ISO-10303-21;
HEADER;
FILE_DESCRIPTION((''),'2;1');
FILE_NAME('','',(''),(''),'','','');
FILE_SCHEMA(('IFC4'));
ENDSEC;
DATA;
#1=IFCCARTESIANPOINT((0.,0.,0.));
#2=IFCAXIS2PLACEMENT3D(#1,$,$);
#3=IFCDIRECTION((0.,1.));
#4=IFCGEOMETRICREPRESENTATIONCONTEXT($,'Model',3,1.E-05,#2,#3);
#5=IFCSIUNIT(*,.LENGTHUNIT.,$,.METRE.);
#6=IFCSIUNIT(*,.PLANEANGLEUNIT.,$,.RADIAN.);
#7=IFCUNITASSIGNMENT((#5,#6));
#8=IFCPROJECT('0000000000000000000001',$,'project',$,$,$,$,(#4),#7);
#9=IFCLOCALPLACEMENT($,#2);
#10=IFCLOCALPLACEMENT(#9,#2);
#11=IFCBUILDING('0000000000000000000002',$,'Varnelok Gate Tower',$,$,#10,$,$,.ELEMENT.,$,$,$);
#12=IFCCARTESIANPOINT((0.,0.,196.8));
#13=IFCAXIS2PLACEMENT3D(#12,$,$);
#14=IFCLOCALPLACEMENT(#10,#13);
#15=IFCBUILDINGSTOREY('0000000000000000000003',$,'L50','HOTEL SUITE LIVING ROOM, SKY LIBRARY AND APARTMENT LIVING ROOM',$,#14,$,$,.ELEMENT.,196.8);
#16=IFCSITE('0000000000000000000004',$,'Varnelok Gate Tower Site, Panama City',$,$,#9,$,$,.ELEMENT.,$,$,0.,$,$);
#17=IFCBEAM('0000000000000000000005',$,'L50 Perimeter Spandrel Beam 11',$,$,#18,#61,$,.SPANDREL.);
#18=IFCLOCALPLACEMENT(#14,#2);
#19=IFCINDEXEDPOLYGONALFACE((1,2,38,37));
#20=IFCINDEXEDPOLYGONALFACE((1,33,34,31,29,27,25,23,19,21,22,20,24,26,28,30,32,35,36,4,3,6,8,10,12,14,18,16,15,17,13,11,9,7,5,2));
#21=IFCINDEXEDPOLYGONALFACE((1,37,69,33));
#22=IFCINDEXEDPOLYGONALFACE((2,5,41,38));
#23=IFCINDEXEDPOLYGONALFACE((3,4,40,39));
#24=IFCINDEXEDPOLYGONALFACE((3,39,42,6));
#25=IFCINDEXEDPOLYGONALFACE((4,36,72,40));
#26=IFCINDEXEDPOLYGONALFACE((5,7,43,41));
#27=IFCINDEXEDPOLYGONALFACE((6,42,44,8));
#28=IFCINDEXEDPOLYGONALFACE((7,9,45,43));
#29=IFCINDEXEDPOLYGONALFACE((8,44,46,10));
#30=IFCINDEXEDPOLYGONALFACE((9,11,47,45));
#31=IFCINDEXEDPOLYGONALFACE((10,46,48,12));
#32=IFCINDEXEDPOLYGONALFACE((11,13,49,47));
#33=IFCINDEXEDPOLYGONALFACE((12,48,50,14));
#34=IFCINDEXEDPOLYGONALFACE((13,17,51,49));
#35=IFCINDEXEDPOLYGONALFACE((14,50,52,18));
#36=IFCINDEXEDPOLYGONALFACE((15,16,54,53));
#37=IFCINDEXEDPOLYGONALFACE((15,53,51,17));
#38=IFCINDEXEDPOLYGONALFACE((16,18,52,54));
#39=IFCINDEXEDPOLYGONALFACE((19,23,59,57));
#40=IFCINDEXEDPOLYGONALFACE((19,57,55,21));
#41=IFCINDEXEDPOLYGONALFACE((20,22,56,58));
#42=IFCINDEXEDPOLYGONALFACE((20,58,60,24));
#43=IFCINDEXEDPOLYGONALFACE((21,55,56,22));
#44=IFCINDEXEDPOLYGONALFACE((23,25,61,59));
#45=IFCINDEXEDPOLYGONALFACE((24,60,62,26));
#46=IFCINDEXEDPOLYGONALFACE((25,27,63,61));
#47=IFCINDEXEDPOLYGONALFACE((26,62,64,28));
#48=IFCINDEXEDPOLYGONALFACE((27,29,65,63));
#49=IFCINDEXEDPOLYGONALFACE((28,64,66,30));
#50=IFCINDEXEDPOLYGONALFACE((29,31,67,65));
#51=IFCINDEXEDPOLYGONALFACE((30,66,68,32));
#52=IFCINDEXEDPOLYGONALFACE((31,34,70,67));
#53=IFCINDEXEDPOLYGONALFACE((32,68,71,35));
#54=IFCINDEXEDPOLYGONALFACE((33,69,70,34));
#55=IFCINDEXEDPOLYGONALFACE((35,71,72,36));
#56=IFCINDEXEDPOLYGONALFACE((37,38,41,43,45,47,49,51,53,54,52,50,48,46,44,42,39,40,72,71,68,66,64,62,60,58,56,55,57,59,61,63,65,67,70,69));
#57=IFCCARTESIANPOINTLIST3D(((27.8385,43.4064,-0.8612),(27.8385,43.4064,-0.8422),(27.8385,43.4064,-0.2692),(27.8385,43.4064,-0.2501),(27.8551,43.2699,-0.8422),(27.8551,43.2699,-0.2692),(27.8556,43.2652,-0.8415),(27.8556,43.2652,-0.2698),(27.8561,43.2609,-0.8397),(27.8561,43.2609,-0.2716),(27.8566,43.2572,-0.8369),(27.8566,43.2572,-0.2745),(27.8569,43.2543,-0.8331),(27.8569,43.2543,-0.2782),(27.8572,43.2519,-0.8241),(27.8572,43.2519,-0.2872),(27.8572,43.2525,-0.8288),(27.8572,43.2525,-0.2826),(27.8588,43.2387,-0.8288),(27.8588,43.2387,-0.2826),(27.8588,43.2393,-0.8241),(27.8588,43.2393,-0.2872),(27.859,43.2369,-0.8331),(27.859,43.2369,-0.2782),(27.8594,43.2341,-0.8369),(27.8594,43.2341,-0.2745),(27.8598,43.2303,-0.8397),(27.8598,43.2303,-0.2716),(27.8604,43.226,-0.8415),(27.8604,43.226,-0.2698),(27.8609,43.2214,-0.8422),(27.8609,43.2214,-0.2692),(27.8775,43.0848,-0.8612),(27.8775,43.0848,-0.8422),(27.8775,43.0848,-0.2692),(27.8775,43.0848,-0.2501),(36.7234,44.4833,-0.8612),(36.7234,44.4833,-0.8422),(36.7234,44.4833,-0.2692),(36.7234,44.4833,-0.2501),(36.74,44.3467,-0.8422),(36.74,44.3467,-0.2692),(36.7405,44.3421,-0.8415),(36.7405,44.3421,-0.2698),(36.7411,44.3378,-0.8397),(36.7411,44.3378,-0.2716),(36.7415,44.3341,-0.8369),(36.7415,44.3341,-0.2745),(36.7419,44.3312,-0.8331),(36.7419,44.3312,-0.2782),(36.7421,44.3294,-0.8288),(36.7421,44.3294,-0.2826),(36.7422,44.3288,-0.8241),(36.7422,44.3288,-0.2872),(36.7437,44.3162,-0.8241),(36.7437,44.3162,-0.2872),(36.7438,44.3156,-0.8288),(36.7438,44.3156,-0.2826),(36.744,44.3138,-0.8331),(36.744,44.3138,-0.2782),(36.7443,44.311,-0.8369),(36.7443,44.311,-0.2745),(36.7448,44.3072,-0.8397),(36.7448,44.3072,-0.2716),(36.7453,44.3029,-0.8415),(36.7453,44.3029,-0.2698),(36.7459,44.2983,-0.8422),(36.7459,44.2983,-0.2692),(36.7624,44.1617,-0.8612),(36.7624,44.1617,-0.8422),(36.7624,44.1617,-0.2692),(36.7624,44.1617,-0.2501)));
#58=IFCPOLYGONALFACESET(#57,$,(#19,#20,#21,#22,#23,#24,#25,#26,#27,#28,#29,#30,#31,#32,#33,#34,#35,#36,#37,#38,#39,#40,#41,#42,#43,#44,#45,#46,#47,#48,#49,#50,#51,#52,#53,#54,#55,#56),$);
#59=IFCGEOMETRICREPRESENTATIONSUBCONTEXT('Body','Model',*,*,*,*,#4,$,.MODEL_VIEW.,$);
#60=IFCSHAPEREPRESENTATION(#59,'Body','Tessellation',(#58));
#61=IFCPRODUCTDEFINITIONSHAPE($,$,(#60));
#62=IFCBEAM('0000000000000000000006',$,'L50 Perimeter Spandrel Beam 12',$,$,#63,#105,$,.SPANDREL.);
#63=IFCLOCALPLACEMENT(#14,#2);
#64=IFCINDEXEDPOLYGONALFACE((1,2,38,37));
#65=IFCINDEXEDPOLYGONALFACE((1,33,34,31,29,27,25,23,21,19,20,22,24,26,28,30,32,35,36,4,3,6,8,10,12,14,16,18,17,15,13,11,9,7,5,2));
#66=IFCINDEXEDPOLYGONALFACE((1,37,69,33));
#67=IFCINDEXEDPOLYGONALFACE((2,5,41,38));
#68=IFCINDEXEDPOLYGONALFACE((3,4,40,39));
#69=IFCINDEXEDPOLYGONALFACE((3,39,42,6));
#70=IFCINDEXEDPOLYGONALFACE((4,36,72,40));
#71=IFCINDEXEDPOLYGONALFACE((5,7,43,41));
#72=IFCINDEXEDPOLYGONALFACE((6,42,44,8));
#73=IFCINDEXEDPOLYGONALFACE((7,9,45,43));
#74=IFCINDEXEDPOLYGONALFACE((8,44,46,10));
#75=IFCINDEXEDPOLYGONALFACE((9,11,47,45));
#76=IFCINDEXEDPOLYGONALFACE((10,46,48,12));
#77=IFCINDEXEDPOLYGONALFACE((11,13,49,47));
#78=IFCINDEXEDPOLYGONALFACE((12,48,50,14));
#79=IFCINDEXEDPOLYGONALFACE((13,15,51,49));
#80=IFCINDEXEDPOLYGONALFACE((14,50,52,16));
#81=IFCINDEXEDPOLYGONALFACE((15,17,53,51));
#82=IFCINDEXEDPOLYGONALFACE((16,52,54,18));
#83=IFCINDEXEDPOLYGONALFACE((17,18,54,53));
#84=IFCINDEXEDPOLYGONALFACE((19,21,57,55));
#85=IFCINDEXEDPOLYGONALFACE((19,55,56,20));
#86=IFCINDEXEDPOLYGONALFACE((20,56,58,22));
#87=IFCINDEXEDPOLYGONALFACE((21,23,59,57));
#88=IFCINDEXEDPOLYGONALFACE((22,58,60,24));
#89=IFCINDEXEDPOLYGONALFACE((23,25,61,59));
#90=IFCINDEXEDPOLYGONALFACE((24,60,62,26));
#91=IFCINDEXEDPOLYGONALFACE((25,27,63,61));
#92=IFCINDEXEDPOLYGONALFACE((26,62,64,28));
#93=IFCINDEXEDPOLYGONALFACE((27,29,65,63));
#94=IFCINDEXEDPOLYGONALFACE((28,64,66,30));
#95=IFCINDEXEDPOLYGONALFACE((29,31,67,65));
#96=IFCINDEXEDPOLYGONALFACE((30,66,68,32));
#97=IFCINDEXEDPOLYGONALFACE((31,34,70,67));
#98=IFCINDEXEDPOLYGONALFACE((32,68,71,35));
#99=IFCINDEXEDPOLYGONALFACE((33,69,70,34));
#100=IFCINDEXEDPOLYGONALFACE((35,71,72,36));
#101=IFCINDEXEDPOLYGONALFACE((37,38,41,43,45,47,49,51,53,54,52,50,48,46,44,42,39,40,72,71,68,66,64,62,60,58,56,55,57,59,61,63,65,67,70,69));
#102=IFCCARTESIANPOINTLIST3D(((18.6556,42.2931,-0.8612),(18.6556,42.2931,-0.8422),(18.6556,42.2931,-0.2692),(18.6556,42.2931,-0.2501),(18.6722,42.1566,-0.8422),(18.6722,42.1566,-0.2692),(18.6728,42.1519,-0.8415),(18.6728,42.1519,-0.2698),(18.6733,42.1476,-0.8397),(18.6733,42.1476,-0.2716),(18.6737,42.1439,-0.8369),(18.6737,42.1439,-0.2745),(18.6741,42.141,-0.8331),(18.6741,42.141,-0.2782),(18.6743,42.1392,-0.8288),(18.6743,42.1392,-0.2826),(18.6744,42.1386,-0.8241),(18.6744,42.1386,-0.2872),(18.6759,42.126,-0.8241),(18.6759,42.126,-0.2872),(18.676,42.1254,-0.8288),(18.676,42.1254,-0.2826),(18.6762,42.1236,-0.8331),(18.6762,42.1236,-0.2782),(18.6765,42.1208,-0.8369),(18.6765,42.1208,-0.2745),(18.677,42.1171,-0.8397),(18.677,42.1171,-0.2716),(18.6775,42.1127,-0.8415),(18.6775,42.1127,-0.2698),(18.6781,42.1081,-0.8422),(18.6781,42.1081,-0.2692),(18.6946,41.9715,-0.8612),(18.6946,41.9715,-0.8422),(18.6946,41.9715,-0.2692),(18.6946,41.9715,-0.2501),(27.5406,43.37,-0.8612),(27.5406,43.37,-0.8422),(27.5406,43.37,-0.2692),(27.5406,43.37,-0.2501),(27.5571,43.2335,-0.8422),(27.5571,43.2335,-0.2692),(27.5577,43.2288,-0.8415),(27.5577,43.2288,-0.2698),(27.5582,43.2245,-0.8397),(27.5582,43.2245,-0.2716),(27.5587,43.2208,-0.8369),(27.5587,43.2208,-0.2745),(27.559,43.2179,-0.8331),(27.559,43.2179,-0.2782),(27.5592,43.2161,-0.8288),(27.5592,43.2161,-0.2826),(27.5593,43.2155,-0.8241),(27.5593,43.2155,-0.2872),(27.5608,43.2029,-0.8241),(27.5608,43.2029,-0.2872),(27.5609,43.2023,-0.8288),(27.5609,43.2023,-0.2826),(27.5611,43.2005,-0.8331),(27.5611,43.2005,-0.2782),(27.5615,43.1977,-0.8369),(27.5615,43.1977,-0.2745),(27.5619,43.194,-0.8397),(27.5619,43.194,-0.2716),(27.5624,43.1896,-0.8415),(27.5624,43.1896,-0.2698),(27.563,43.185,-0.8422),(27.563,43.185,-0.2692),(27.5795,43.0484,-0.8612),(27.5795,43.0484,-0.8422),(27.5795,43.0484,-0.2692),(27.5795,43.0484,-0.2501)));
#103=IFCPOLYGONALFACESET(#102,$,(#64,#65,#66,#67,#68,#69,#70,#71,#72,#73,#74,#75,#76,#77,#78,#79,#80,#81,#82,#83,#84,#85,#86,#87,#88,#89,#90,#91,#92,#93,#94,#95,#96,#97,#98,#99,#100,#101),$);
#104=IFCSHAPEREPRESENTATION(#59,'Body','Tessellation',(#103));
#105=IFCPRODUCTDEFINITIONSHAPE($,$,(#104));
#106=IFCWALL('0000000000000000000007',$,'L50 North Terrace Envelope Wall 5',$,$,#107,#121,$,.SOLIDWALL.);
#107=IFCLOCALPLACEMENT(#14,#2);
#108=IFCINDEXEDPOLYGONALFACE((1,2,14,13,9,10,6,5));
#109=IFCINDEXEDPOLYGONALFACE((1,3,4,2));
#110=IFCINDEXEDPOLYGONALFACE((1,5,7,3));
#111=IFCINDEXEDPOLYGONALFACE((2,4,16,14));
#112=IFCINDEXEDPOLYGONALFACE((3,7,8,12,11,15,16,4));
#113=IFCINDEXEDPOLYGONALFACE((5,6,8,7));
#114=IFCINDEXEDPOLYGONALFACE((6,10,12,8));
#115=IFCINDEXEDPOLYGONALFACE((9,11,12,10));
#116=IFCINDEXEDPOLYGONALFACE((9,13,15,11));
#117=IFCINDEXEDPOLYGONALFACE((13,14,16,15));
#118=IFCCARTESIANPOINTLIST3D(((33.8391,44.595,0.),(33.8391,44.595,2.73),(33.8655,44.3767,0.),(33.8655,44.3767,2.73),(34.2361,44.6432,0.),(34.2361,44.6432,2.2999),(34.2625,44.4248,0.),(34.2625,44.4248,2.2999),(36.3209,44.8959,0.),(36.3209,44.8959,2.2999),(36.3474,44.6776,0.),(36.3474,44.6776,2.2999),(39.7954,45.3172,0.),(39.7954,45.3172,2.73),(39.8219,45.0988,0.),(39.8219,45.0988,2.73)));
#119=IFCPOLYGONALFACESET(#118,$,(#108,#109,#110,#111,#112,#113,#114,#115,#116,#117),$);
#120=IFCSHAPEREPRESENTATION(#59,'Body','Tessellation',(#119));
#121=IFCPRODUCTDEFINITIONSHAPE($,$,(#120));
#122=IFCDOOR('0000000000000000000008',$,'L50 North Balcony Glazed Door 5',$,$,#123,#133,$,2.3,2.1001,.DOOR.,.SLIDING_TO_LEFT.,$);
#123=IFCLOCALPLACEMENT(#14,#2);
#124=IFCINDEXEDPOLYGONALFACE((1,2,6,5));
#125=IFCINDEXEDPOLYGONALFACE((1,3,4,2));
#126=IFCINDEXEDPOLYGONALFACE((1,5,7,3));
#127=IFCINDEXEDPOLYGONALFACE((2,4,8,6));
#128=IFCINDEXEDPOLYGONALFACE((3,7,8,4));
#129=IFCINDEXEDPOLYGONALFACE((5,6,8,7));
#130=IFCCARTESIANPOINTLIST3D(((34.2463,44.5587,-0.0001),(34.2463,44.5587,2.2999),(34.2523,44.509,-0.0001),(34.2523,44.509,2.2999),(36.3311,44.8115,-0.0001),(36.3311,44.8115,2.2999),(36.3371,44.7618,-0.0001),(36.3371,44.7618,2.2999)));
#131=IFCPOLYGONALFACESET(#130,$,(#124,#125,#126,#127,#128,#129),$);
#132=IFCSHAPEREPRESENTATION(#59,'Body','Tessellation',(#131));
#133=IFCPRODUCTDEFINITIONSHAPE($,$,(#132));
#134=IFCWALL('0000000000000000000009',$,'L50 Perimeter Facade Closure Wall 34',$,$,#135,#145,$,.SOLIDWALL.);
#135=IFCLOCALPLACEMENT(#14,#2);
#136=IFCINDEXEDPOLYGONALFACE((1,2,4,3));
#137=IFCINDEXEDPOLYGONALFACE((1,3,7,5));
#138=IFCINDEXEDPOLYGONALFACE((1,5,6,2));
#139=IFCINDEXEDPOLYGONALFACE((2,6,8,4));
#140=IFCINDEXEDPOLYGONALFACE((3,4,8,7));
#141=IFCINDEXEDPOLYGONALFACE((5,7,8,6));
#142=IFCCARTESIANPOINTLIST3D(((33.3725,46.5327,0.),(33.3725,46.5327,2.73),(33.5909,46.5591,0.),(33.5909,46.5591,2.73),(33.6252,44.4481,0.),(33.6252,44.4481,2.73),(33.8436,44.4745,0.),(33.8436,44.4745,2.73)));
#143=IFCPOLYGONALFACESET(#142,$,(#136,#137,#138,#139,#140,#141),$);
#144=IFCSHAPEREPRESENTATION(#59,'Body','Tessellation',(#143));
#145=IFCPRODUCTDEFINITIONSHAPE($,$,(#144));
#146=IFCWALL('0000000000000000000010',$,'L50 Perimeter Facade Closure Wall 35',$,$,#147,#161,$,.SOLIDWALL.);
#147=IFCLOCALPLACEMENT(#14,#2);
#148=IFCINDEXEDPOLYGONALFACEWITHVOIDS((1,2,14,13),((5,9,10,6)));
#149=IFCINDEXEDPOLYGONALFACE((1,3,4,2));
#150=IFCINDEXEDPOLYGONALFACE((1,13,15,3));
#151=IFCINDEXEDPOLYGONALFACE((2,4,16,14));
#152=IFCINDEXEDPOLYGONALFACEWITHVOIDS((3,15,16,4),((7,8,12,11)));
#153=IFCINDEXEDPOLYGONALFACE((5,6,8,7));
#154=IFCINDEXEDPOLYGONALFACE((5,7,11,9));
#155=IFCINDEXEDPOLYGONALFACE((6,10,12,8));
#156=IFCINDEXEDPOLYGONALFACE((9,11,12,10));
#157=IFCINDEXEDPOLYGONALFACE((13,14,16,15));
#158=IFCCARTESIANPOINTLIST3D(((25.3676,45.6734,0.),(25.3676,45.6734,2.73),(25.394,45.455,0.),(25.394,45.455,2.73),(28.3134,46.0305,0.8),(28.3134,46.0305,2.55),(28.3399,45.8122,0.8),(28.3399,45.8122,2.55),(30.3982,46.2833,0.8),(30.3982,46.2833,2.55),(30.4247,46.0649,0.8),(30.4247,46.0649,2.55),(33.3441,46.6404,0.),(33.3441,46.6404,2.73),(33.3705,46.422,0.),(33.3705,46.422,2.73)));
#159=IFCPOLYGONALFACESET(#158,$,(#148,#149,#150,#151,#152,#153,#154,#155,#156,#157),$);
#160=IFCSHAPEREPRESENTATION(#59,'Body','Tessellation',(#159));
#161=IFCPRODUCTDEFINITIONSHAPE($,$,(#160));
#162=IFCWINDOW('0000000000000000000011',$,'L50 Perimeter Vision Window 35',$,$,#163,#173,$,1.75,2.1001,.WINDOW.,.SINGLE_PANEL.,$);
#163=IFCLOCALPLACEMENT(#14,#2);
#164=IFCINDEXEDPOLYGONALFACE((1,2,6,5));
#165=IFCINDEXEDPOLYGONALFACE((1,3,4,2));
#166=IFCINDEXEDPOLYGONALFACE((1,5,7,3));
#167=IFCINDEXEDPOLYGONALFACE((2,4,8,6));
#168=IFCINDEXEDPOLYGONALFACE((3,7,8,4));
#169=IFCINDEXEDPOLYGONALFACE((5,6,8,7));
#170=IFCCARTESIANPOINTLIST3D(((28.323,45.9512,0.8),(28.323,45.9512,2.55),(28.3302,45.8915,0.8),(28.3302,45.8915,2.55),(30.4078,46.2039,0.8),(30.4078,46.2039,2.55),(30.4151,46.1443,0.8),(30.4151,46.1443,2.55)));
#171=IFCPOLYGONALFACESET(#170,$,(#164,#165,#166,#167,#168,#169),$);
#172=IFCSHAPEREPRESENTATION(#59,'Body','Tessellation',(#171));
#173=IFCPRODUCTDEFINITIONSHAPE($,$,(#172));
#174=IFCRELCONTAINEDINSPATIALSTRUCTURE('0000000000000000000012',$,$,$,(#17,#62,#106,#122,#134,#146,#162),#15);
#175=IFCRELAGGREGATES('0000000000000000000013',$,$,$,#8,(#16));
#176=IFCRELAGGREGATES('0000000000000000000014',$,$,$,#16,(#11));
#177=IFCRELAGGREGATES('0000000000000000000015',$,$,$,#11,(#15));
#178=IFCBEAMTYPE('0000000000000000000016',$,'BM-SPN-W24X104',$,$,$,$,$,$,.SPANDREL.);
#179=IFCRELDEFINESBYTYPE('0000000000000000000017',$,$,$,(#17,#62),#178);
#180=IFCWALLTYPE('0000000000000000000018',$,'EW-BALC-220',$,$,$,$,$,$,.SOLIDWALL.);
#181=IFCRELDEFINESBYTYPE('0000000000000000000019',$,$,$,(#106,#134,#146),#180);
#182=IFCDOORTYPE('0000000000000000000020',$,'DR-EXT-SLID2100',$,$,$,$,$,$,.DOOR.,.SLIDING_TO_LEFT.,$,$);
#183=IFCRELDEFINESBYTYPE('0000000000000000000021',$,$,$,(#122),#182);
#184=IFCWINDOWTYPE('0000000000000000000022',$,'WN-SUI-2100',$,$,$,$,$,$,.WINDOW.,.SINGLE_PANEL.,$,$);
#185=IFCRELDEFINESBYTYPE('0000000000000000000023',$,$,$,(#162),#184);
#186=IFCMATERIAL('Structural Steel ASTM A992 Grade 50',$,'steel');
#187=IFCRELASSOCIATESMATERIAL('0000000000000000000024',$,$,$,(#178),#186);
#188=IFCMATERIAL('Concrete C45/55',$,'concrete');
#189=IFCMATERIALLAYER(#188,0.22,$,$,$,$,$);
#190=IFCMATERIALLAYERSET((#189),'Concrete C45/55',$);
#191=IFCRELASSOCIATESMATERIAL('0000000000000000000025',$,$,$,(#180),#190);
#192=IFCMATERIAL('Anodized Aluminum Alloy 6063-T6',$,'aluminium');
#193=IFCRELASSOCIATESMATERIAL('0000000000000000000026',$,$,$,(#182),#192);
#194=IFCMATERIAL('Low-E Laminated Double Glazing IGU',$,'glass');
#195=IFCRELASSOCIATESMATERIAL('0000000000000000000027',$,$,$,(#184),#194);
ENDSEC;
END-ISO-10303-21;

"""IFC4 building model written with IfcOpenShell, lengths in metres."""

from ifc_helpers import new_model, si_unit, direction, frame, frame_2d, origin, origin_2d, place, context, subcontext, project, spatial, rectangle, i_section, extrude, material, layer, layer_set, material_profile, profile_set, type_object, element, fill, save


model = new_model("IFC4")

# Units and contexts
model_context = context("Model", 3, precision=1e-05, world=origin(), true_north=direction((0.0, 1.0)))
body_context = subcontext(model_context, "Body", "Model", "MODEL_VIEW")
ifc_project = project(units=[si_unit("LENGTHUNIT", "METRE"), si_unit("PLANEANGLEUNIT", "RADIAN")], contexts=[model_context])

# Site, building, storey
site_placement = place(None, origin())
site = spatial("IfcSite", under=ifc_project, at=site_placement, Name="Varnelok Gate Tower Site, Panama City", CompositionType="ELEMENT", RefElevation=0.0)
building_placement = place(site_placement, origin())
building = spatial("IfcBuilding", under=site, at=building_placement, Name="Varnelok Gate Tower", CompositionType="ELEMENT")
storey_placement = place(building_placement, frame((0.0, 0.0, 196.8)))
storey = spatial("IfcBuildingStorey", under=building, at=storey_placement, Name="L50", Description="HOTEL SUITE LIVING ROOM, SKY LIBRARY AND APARTMENT LIVING ROOM", CompositionType="ELEMENT", Elevation=196.8)

# Shared definitions
ifc_material_1 = material(Name="Structural Steel ASTM A992 Grade 50", Category="steel")

# Beams
ifc_material_profile_1 = material_profile(ifc_material_1, i_section(OverallWidth=0.324, OverallDepth=0.6111, WebThickness=0.0127, FlangeThickness=0.019, FilletRadius=0.0181, at=origin_2d()), Name="W24X104")
ifc_profile_set_1 = profile_set([ifc_material_profile_1], Name="Structural Steel ASTM A992 Grade 50")
beam_type_1 = type_object("IfcBeamType", Name="BM-SPN-W24X104", PredefinedType="SPANDREL", material=ifc_profile_set_1)
for number, where, z_axis, x_axis, name in (
    (1, (36.7429, 44.3225, -0.5557), (-0.992735, -0.120324, 0.0), (0.120324, -0.992735, 0.0), "L50 Perimeter Spandrel Beam 11"),
    (2, (27.5601, 43.2092, -0.5557), (-0.992735, -0.120324, 0.0), (0.120324, -0.992735, 0.0), "L50 Perimeter Spandrel Beam 12"),
):
    element("IfcBeam", number, at=place(storey_placement, frame(where, z_axis=z_axis, x_axis=x_axis)), inside=storey, type_object=beam_type_1, Name=name, PredefinedType="SPANDREL", context=body_context, shape_type="SweptSolid", body=[
        extrude(i_section(OverallWidth=0.324, OverallDepth=0.6111, WebThickness=0.0127, FlangeThickness=0.019, FilletRadius=0.0181, at=origin_2d()), origin(), (0.0, 0.0, 1.0), 8.95),
    ])

# Wall, opening, door
ifc_material_2 = material(Name="Concrete C45/55", Category="concrete")
ifc_layer_1 = layer(ifc_material_2, 0.22)
ifc_layer_set_1 = layer_set([ifc_layer_1], Name="Concrete C45/55")
wall_type_1 = type_object("IfcWallType", Name="EW-BALC-220", PredefinedType="SOLIDWALL", material=ifc_layer_set_1)
wall_1_placement = place(storey_placement, frame((33.8523, 44.4858, 0.0), z_axis=(0.0, 0.0, 1.0), x_axis=(0.99273, 0.120363, 0.0)))
wall_1 = element("IfcWall", 3, at=wall_1_placement, inside=storey, type_object=wall_type_1, Name="L50 North Terrace Envelope Wall 5", PredefinedType="SOLIDWALL", context=body_context, shape_type="SweptSolid", body=[
    extrude(rectangle(XDim=6.0, YDim=0.22, at=frame_2d((3.0, 0.0))), origin(), (0.0, 0.0, 1.0), 2.73),
])
opening_1_placement = place(wall_1_placement, frame((0.3999, 0.0, 0.0)))
opening_1 = element("IfcOpeningElement", 4, at=opening_1_placement, cuts=wall_1, PredefinedType="OPENING", context=body_context, shape_type="SweptSolid", body=[
    extrude(rectangle(XDim=2.1001, YDim=2.3, at=frame_2d((1.05, 1.1499))), frame((0.0, 0.1199, 0.0), z_axis=(0.0, -1.0, 0.0), x_axis=(1.0, 0.0, 0.0)), (0.0, 0.0, 1.0), 0.24),
])
ifc_material_3 = material(Name="Anodized Aluminum Alloy 6063-T6", Category="aluminium")
door_type_1 = type_object("IfcDoorType", Name="DR-EXT-SLID2100", OperationType="SLIDING_TO_LEFT", PredefinedType="DOOR", material=ifc_material_3)
door_1_placement = place(opening_1_placement, origin())
door_1 = element("IfcDoor", 5, at=door_1_placement, inside=storey, type_object=door_type_1, Name="L50 North Balcony Glazed Door 5", OperationType="SLIDING_TO_LEFT", OverallHeight=2.3, OverallWidth=2.1001, PredefinedType="DOOR", context=body_context, shape_type="SweptSolid", body=[
    extrude(rectangle(XDim=2.1001, YDim=2.3, at=frame_2d((1.05, 1.1499))), frame((0.0, 0.0249, 0.0), z_axis=(0.0, -1.0, 0.0), x_axis=(1.0, 0.0, 0.0)), (0.0, 0.0, 1.0), 0.05),
])
fill(opening_1, door_1)

# Wall
wall_2_placement = place(storey_placement, frame((33.7344, 44.4614, 0.0), z_axis=(0.0, 0.0, 1.0), x_axis=(-0.120328, 0.992734, 0.0)))
element("IfcWall", 6, at=wall_2_placement, inside=storey, type_object=wall_type_1, Name="L50 Perimeter Facade Closure Wall 34", PredefinedType="SOLIDWALL", context=body_context, shape_type="SweptSolid", body=[
    extrude(rectangle(XDim=2.0999, YDim=0.22, at=frame_2d((1.0498, 0.0))), origin(), (0.0, 0.0, 1.0), 2.73),
])

# Wall, opening, window
wall_3_placement = place(storey_placement, frame((33.3574, 46.5312, 0.0), z_axis=(0.0, 0.0, 1.0), x_axis=(-0.992731, -0.120354, 0.0)))
wall_3 = element("IfcWall", 7, at=wall_3_placement, inside=storey, type_object=wall_type_1, Name="L50 Perimeter Facade Closure Wall 35", PredefinedType="SOLIDWALL", context=body_context, shape_type="SweptSolid", body=[
    extrude(rectangle(XDim=8.0349, YDim=0.22, at=frame_2d((4.0176, 0.0))), origin(), (0.0, 0.0, 1.0), 2.73),
])
opening_2_placement = place(wall_3_placement, frame((2.9675, 0.0, 0.8)))
opening_2 = element("IfcOpeningElement", 8, at=opening_2_placement, cuts=wall_3, PredefinedType="OPENING", context=body_context, shape_type="SweptSolid", body=[
    extrude(rectangle(XDim=2.1001, YDim=1.75, at=frame_2d((1.05, 0.875))), frame((0.0, 0.1199, 0.0), z_axis=(0.0, -1.0, 0.0), x_axis=(1.0, 0.0, 0.0)), (0.0, 0.0, 1.0), 0.24),
])
ifc_material_4 = material(Name="Low-E Laminated Double Glazing IGU", Category="glass")
window_type = type_object("IfcWindowType", Name="WN-SUI-2100", PartitioningType="SINGLE_PANEL", PredefinedType="WINDOW", material=ifc_material_4)
window_placement = place(opening_2_placement, origin())
window = element("IfcWindow", 9, at=window_placement, inside=storey, type_object=window_type, Name="L50 Perimeter Vision Window 35", OverallHeight=1.75, OverallWidth=2.1001, PartitioningType="SINGLE_PANEL", PredefinedType="WINDOW", context=body_context, shape_type="SweptSolid", body=[
    extrude(rectangle(XDim=2.1001, YDim=1.75, at=frame_2d((1.05, 0.875))), frame((0.0, 0.03, 0.0), z_axis=(0.0, -1.0, 0.0), x_axis=(1.0, 0.0, 0.0)), (0.0, 0.0, 1.0), 0.0601),
])
fill(opening_2, window)

save(model, "model.ifc")
